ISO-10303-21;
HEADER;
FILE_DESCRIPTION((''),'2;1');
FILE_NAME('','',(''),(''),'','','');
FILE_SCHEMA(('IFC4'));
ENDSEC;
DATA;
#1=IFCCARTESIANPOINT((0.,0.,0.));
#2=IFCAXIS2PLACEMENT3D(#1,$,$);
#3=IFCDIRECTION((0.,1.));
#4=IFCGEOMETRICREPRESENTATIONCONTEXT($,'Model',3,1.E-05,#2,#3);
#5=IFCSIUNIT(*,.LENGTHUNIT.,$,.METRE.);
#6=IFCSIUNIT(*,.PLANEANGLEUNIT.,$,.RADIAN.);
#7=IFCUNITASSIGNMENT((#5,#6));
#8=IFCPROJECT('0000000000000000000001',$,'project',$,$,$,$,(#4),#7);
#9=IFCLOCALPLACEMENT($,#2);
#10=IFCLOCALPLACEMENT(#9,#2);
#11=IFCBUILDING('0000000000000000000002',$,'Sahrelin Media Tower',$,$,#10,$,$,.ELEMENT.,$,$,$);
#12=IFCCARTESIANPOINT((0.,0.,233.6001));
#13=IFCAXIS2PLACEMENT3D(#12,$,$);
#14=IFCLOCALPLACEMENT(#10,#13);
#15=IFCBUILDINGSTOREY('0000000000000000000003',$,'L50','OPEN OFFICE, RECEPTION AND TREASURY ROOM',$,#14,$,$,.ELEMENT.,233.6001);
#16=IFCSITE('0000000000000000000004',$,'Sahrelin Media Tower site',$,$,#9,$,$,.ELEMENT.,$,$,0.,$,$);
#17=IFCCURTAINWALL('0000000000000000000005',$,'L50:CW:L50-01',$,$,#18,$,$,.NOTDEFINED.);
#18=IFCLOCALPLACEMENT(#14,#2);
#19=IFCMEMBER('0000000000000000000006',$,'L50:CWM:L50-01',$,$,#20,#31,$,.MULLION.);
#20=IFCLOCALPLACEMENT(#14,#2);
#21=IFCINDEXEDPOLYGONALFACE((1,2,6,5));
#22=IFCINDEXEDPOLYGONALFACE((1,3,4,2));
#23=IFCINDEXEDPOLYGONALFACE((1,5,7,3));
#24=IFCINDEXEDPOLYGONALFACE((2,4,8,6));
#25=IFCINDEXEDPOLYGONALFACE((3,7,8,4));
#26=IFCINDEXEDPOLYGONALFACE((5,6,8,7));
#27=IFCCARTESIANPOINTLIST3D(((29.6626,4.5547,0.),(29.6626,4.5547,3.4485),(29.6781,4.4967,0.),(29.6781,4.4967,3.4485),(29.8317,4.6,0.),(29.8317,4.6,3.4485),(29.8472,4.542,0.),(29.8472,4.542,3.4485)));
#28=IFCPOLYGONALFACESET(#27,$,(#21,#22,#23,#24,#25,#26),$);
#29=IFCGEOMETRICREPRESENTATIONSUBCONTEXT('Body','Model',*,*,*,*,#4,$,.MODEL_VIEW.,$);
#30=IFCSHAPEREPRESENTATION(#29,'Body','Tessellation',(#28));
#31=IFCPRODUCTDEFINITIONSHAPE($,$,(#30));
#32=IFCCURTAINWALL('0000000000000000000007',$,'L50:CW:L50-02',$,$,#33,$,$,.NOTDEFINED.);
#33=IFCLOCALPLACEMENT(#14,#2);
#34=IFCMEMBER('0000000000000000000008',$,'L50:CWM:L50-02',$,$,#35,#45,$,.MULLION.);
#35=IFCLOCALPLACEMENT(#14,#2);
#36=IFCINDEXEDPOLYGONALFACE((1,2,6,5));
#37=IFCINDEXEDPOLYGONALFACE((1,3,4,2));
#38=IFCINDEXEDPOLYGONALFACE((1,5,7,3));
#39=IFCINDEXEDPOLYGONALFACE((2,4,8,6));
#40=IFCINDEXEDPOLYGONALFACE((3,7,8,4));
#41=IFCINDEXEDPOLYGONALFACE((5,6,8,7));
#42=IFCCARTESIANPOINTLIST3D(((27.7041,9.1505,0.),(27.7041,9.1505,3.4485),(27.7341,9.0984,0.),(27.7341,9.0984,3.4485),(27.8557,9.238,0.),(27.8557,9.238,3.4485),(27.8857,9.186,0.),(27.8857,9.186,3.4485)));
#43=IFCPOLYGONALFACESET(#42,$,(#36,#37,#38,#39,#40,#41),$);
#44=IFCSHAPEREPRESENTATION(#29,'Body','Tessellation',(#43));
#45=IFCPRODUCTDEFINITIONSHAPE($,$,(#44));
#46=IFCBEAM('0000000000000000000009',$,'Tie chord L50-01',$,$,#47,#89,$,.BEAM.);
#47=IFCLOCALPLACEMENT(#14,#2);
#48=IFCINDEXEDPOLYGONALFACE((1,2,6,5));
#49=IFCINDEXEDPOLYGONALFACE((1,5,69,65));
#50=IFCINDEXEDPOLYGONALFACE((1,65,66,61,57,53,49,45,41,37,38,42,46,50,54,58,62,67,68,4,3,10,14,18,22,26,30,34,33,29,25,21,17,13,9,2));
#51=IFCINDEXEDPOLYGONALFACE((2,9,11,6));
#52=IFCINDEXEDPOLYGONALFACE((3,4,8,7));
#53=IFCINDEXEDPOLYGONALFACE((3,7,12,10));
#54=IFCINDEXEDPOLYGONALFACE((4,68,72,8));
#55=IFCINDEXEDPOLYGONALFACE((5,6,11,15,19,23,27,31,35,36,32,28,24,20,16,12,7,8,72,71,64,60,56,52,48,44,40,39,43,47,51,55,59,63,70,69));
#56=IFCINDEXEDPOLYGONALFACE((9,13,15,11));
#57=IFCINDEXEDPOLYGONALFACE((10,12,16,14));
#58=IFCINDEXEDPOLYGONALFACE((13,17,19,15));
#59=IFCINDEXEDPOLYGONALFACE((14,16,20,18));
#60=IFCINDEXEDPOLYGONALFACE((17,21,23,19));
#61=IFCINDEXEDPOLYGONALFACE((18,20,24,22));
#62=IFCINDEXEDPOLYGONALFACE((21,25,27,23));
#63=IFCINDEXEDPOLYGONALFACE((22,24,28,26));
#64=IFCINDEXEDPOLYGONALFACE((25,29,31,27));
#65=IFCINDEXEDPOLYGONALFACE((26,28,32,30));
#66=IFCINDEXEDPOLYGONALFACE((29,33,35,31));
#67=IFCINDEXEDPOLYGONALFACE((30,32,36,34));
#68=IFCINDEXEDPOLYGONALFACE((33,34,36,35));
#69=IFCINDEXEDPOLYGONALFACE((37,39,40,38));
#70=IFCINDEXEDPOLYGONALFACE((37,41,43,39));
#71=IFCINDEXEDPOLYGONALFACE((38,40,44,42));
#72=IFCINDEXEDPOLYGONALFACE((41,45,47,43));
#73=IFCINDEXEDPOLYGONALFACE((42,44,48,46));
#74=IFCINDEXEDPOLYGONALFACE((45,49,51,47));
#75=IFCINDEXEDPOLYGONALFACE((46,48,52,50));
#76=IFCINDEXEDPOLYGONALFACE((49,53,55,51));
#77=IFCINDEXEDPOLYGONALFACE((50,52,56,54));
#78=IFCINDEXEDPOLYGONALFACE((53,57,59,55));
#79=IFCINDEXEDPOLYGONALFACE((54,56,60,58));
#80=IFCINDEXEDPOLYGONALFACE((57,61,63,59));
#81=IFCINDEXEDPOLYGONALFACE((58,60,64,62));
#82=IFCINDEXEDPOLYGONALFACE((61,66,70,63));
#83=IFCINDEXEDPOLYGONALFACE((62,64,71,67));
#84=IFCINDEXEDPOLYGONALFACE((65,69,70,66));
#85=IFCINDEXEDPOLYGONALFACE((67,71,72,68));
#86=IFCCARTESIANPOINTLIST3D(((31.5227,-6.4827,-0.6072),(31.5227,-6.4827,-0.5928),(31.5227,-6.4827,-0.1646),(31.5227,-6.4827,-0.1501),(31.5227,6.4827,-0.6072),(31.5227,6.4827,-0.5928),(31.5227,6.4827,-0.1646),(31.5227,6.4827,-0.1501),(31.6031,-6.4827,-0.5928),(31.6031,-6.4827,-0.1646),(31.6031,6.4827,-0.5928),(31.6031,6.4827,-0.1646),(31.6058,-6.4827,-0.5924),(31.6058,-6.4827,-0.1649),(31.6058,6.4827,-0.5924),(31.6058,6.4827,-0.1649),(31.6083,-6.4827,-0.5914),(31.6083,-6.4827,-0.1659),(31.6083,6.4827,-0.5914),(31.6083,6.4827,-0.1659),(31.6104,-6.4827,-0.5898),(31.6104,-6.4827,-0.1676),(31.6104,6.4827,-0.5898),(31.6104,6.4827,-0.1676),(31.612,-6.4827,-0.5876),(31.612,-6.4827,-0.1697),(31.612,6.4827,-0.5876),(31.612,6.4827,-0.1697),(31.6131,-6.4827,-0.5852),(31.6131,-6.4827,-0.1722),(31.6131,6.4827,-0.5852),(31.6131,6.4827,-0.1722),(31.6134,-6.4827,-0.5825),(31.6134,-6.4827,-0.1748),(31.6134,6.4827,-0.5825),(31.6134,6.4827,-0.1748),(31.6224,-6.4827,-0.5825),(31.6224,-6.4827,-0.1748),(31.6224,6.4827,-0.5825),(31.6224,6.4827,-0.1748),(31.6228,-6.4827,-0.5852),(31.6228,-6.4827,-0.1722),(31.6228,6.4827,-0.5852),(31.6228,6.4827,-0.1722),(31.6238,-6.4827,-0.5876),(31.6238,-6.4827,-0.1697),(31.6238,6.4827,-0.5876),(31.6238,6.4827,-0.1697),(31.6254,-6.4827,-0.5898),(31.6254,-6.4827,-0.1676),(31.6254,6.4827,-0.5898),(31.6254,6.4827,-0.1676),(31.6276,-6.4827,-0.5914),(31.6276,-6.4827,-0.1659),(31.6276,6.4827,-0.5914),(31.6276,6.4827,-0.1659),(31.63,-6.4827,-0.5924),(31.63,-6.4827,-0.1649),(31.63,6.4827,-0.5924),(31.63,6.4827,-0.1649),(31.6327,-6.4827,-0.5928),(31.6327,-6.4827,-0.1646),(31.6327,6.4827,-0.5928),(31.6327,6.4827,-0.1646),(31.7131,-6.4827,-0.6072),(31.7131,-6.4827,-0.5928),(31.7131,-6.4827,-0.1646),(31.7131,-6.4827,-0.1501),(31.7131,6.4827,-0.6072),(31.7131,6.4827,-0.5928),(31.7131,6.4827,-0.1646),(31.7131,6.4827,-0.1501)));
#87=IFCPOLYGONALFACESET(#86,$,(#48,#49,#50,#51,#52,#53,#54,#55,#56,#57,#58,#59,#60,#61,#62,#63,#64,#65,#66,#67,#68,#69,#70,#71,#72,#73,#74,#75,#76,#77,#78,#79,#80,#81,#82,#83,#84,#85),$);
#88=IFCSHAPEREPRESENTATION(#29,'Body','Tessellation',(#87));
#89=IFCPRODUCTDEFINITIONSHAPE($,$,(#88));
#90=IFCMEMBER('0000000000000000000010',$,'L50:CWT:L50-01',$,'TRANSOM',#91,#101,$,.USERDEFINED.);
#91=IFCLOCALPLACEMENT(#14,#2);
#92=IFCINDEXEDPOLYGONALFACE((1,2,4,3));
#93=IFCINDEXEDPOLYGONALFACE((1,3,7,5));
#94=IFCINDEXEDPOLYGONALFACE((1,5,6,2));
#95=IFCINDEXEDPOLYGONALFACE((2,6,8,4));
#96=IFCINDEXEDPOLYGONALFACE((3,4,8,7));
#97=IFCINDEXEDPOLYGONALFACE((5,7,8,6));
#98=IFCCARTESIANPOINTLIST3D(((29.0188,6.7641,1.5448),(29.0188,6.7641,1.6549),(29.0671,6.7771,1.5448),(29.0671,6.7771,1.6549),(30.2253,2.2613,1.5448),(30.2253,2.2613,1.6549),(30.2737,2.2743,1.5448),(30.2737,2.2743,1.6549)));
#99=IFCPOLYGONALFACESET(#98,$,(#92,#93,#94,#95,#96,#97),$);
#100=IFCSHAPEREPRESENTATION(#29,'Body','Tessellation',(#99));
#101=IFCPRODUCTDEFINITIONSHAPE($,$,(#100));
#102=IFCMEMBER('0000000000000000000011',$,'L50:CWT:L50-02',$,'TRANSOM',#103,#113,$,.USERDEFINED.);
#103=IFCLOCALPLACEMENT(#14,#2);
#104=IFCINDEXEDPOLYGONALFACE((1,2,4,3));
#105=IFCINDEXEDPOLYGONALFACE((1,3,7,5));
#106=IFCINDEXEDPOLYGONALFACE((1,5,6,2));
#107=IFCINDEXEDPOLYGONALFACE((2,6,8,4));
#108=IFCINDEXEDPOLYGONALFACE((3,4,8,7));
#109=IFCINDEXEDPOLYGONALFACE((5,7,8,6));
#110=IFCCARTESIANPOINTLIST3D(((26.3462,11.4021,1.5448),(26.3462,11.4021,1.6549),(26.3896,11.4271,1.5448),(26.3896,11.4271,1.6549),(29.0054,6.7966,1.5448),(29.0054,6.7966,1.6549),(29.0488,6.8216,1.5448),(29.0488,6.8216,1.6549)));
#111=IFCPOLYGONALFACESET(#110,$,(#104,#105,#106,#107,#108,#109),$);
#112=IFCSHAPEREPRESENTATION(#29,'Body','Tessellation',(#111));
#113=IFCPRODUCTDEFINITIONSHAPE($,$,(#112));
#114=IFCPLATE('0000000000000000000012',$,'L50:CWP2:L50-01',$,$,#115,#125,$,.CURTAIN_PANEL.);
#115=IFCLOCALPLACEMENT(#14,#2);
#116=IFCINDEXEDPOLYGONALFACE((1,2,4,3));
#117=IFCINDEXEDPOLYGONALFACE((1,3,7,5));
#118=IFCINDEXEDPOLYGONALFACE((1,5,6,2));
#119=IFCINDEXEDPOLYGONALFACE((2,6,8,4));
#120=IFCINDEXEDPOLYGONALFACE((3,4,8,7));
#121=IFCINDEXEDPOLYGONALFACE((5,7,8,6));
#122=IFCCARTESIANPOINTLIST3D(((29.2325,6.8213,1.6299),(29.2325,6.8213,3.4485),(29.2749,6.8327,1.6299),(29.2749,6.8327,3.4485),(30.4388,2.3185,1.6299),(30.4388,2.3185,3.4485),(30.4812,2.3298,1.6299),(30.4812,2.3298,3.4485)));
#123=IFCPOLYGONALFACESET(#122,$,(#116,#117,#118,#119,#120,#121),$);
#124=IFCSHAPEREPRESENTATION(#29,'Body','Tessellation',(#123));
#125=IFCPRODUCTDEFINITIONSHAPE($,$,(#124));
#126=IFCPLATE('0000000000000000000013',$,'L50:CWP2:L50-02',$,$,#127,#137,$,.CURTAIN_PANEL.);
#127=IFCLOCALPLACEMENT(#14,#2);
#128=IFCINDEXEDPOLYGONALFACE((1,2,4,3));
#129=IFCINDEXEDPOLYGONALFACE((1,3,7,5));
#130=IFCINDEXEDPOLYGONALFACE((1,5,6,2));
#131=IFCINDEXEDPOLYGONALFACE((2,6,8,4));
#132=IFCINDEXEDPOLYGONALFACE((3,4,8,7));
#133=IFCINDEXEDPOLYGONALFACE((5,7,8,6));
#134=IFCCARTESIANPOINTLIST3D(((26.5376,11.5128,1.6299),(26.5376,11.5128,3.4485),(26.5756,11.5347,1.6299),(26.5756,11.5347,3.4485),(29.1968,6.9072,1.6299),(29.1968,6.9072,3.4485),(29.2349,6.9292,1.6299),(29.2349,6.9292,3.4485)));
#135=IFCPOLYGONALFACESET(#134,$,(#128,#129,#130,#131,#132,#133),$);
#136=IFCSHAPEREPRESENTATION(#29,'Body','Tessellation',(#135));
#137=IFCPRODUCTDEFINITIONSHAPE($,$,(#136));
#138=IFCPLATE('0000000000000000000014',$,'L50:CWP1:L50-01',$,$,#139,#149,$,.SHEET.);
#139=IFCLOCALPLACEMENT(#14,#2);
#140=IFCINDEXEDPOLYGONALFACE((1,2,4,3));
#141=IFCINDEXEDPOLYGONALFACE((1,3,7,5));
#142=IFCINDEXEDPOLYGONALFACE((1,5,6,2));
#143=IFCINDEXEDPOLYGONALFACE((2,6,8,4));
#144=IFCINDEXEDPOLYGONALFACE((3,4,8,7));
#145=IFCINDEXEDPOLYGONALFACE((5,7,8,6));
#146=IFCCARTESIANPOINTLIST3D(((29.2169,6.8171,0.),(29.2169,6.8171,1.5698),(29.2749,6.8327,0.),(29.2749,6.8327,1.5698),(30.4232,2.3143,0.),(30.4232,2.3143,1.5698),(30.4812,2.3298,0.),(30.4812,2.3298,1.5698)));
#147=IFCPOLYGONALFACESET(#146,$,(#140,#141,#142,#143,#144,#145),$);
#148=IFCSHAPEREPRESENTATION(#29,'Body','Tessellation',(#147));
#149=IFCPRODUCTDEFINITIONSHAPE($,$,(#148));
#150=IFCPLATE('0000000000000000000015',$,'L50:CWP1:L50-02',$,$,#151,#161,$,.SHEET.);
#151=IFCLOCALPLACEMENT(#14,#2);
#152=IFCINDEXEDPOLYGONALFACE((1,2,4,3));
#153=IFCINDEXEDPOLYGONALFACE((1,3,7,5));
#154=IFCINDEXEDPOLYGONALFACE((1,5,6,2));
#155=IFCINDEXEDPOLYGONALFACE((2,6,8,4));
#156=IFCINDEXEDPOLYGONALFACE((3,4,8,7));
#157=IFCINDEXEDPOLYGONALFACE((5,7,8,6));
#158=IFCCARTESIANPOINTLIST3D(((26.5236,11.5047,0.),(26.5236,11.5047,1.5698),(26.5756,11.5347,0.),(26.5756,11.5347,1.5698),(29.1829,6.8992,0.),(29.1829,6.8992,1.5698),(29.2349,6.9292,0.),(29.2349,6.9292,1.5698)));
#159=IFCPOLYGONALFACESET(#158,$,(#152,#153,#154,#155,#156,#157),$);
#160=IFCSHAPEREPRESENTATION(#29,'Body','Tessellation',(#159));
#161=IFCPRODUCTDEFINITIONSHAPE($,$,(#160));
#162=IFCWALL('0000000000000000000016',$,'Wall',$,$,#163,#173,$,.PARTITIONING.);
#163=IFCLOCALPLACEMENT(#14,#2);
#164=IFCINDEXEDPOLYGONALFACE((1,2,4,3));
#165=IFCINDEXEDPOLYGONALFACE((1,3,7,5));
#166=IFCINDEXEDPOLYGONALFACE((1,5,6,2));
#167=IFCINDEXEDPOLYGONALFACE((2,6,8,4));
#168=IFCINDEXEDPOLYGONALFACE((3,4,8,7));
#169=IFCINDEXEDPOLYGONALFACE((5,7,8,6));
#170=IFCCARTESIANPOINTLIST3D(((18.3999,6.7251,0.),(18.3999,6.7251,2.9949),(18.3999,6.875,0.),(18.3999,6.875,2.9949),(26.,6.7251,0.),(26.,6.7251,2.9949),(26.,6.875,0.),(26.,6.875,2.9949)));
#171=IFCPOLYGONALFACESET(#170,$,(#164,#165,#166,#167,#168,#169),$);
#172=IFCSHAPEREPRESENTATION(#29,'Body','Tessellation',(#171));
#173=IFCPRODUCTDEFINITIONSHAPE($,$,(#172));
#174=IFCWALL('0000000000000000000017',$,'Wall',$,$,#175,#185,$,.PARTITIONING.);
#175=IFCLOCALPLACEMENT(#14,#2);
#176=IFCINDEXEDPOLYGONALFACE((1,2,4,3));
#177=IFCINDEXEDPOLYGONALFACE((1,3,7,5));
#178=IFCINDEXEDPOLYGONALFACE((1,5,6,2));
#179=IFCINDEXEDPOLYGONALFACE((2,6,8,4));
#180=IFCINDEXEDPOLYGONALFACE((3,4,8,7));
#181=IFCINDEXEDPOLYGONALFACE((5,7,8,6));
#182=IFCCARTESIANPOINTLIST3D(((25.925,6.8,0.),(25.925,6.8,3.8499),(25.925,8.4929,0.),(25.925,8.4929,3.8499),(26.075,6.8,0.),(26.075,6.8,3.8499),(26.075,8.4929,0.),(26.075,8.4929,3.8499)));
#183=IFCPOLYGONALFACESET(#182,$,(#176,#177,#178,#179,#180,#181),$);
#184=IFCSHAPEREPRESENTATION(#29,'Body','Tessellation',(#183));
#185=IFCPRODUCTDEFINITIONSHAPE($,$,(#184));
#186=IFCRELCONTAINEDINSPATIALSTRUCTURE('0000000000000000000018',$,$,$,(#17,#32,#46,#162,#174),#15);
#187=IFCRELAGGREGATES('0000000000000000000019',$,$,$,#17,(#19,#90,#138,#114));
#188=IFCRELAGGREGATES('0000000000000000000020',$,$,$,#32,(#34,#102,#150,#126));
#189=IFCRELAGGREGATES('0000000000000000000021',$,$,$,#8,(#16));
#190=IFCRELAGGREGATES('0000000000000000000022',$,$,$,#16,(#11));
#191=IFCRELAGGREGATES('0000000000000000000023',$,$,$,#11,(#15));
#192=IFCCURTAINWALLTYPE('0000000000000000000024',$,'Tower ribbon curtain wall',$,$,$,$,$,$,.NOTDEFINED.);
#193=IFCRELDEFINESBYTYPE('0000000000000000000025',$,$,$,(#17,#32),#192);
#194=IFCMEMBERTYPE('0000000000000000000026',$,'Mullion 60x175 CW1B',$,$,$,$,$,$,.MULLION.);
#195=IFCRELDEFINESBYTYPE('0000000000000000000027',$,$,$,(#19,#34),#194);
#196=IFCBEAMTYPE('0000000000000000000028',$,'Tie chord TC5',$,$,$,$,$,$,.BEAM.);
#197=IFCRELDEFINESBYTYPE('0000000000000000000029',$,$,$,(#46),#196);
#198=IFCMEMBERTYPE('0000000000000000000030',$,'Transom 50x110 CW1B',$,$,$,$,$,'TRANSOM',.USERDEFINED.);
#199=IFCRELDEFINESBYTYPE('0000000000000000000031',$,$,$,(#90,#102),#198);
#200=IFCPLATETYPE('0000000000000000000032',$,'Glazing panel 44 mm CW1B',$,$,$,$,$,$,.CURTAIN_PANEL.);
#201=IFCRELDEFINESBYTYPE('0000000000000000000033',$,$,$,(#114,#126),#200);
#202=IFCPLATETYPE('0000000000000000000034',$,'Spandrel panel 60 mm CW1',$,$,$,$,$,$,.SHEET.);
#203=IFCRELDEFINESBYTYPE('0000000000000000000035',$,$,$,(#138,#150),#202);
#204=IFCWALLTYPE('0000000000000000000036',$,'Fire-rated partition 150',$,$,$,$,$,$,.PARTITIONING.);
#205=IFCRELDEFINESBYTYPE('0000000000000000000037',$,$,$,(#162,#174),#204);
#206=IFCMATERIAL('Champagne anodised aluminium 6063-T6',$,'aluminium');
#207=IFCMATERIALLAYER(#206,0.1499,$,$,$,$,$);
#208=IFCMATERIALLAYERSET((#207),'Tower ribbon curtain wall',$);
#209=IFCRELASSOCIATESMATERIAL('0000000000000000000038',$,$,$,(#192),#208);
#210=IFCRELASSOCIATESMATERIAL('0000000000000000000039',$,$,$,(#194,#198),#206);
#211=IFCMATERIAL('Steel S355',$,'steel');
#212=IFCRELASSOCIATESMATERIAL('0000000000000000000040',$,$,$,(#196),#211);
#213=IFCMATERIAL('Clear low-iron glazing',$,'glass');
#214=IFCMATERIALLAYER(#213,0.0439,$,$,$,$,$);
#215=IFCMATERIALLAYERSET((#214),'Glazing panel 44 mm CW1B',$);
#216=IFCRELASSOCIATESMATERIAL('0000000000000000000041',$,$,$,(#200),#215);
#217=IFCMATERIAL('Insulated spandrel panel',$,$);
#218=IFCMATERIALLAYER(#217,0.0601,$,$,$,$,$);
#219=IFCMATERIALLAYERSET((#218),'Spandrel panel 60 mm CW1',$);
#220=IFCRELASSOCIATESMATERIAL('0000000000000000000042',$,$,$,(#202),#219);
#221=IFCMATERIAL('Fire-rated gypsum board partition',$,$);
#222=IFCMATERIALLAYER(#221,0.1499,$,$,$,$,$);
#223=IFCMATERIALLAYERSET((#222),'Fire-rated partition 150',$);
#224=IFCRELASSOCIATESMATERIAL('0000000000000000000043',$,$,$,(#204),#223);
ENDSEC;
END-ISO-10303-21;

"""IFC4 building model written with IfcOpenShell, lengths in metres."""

from ifc_helpers import new_model, si_unit, direction, frame, frame_2d, origin, origin_2d, place, context, subcontext, project, spatial, polyline, rectangle, i_section, outline, extrude, material, layer, layer_set, material_profile, profile_set, type_object, element, aggregate, save


model = new_model("IFC4")

# Units and contexts
model_context = context("Model", 3, precision=1e-05, world=origin(), true_north=direction((0.0, 1.0)))
body_context = subcontext(model_context, "Body", "Model", "MODEL_VIEW")
ifc_project = project(units=[si_unit("LENGTHUNIT", "METRE"), si_unit("PLANEANGLEUNIT", "RADIAN")], contexts=[model_context])

# Site, building, storey
site_placement = place(None, origin())
site = spatial("IfcSite", under=ifc_project, at=site_placement, Name="Sahrelin Media Tower site", CompositionType="ELEMENT", RefElevation=0.0)
building_placement = place(site_placement, origin())
building = spatial("IfcBuilding", under=site, at=building_placement, Name="Sahrelin Media Tower", CompositionType="ELEMENT")
storey_placement = place(building_placement, frame((0.0, 0.0, 233.6001)))
storey = spatial("IfcBuildingStorey", under=building, at=storey_placement, Name="L50", Description="OPEN OFFICE, RECEPTION AND TREASURY ROOM", CompositionType="ELEMENT", Elevation=233.6001)

# Shared definitions
ifc_material_1 = material(Name="Steel S355", Category="steel")

# Curtain walls, members
ifc_material_2 = material(Name="Champagne anodised aluminium 6063-T6", Category="aluminium")
ifc_layer_1 = layer(ifc_material_2, 0.1499)
ifc_layer_set_1 = layer_set([ifc_layer_1], Name="Tower ribbon curtain wall")
curtain_wall_type = type_object("IfcCurtainWallType", Name="Tower ribbon curtain wall", PredefinedType="NOTDEFINED", material=ifc_layer_set_1)
ifc_material_profile_1 = material_profile(ifc_material_2, rectangle(XDim=0.0601, YDim=0.175, at=origin_2d()), Name="Mullion 60x175")
ifc_profile_set_1 = profile_set([ifc_material_profile_1], Name="Champagne anodised aluminium 6063-T6")
member_type_1 = type_object("IfcMemberType", Name="Mullion 60x175 CW1B", PredefinedType="MULLION", material=ifc_profile_set_1)
curtain_wall_1_placement = place(storey_placement, frame((29.8586, 4.5762, 0.0), z_axis=(0.0, 0.0, 1.0), x_axis=(1.0, 0.0, 0.0)))
curtain_wall_1 = element("IfcCurtainWall", 1, at=curtain_wall_1_placement, inside=storey, type_object=curtain_wall_type, Name="L50:CW:L50-01", PredefinedType="NOTDEFINED")
member_1_placement = place(storey_placement, frame((29.7549, 4.5483, 0.0), z_axis=(0.0, 0.0, 1.0), x_axis=(-0.258817, 0.965926, 0.0)))
member_1 = element("IfcMember", 2, at=member_1_placement, type_object=member_type_1, Name="L50:CWM:L50-01", PredefinedType="MULLION", context=body_context, shape_type="SweptSolid", body=[
    extrude(rectangle(XDim=0.0601, YDim=0.175, at=origin_2d()), origin(), (0.0, 0.0, 1.0), 3.4485),
])
curtain_wall_2_placement = place(storey_placement, frame((27.8879, 9.2217, 0.0), z_axis=(0.0, 0.0, 1.0), x_axis=(1.0, 0.0, 0.0)))
curtain_wall_2 = element("IfcCurtainWall", 3, at=curtain_wall_2_placement, inside=storey, type_object=curtain_wall_type, Name="L50:CW:L50-02", PredefinedType="NOTDEFINED")
member_2_placement = place(storey_placement, frame((27.7949, 9.1682, 0.0), z_axis=(0.0, 0.0, 1.0), x_axis=(-0.500002, 0.866025, 0.0)))
member_2 = element("IfcMember", 4, at=member_2_placement, type_object=member_type_1, Name="L50:CWM:L50-02", PredefinedType="MULLION", context=body_context, shape_type="SweptSolid", body=[
    extrude(rectangle(XDim=0.0601, YDim=0.175, at=origin_2d()), origin(), (0.0, 0.0, 1.0), 3.4485),
])

# Beam
ifc_material_profile_2 = material_profile(ifc_material_1, i_section(OverallWidth=0.1904, OverallDepth=0.457, WebThickness=0.009, FlangeThickness=0.0144, FilletRadius=0.0103, at=origin_2d()), Name="UB 457x191x74")
ifc_profile_set_2 = profile_set([ifc_material_profile_2], Name="Steel S355")
beam_type_1 = type_object("IfcBeamType", Name="Tie chord TC5", PredefinedType="BEAM", material=ifc_profile_set_2)
beam_1_placement = place(storey_placement, frame((31.6179, 6.4827, -0.3787), z_axis=(0.0, -1.0, 0.0), x_axis=(1.0, 0.0, 0.0)))
element("IfcBeam", 5, at=beam_1_placement, inside=storey, type_object=beam_type_1, Name="Tie chord L50-01", PredefinedType="BEAM", context=body_context, shape_type="SweptSolid", body=[
    extrude(i_section(OverallWidth=0.1904, OverallDepth=0.457, WebThickness=0.009, FlangeThickness=0.0144, FilletRadius=0.0103, at=origin_2d()), origin(), (0.0, 0.0, 1.0), 12.9653),
])

# Members
ifc_material_profile_3 = material_profile(ifc_material_2, rectangle(XDim=0.05, YDim=0.1101, at=origin_2d()), Name="Transom 50x110")
ifc_profile_set_3 = profile_set([ifc_material_profile_3], Name="Champagne anodised aluminium 6063-T6")
member_type_2 = type_object("IfcMemberType", Name="Transom 50x110 CW1B", ElementType="TRANSOM", PredefinedType="USERDEFINED", material=ifc_profile_set_3)
member_3_placement = place(storey_placement, frame((30.2495, 2.2678, 1.5999), z_axis=(-0.258829, 0.965923, 0.0), x_axis=(-0.965923, -0.258829, 0.0)))
member_3 = element("IfcMember", 6, at=member_3_placement, type_object=member_type_2, Name="L50:CWT:L50-01", ObjectType="TRANSOM", PredefinedType="USERDEFINED", context=body_context, shape_type="SweptSolid", body=[
    extrude(rectangle(XDim=0.05, YDim=0.1101, at=origin_2d()), origin(), (0.0, 0.0, 1.0), 4.6616),
])
member_4_placement = place(storey_placement, frame((29.0271, 6.8091, 1.5999), z_axis=(-0.50003, 0.866008, 0.0), x_axis=(-0.866008, -0.50003, 0.0)))
member_4 = element("IfcMember", 7, at=member_4_placement, type_object=member_type_2, Name="L50:CWT:L50-02", ObjectType="TRANSOM", PredefinedType="USERDEFINED", context=body_context, shape_type="SweptSolid", body=[
    extrude(rectangle(XDim=0.05, YDim=0.1101, at=origin_2d()), origin(), (0.0, 0.0, 1.0), 5.3181),
])

# Plates
ifc_material_3 = material(Name="Clear low-iron glazing", Category="glass")
ifc_layer_2 = layer(ifc_material_3, 0.0439)
ifc_layer_set_2 = layer_set([ifc_layer_2], Name="Glazing panel 44 mm CW1B")
plate_type_1 = type_object("IfcPlateType", Name="Glazing panel 44 mm CW1B", PredefinedType="CURTAIN_PANEL", material=ifc_layer_set_2)
plate_1_placement = place(storey_placement, frame((30.4812, 2.3298, 1.6299), z_axis=(0.96594, 0.258767, 0.0), x_axis=(-0.258767, 0.96594, 0.0)))
plate_1 = element("IfcPlate", 8, at=plate_1_placement, type_object=plate_type_1, Name="L50:CWP2:L50-01", PredefinedType="CURTAIN_PANEL", context=body_context, shape_type="SweptSolid", body=[
    extrude(outline(polyline([(0.0, 0.0), (4.6616, 0.0), (4.6616, 1.8186), (0.0, 1.8186), (0.0, 0.0)])), origin(), (0.0, 0.0, -1.0), 0.0439),
])
plate_2_placement = place(storey_placement, frame((29.2349, 6.9292, 1.6299), z_axis=(0.866008, 0.50003, 0.0), x_axis=(-0.50003, 0.866008, 0.0)))
plate_2 = element("IfcPlate", 9, at=plate_2_placement, type_object=plate_type_1, Name="L50:CWP2:L50-02", PredefinedType="CURTAIN_PANEL", context=body_context, shape_type="SweptSolid", body=[
    extrude(outline(polyline([(0.0, 0.0), (5.3181, 0.0), (5.3181, 1.8186), (0.0, 1.8186), (0.0, 0.0)])), origin(), (0.0, 0.0, -1.0), 0.0439),
])
ifc_material_4 = material(Name="Insulated spandrel panel")
ifc_layer_3 = layer(ifc_material_4, 0.0601)
ifc_layer_set_3 = layer_set([ifc_layer_3], Name="Spandrel panel 60 mm CW1")
plate_type_2 = type_object("IfcPlateType", Name="Spandrel panel 60 mm CW1", PredefinedType="SHEET", material=ifc_layer_set_3)
plate_3_placement = place(storey_placement, frame((30.4812, 2.3298, 0.0), z_axis=(0.96594, 0.258767, 0.0), x_axis=(-0.258767, 0.96594, 0.0)))
plate_3 = element("IfcPlate", 10, at=plate_3_placement, type_object=plate_type_2, Name="L50:CWP1:L50-01", PredefinedType="SHEET", context=body_context, shape_type="SweptSolid", body=[
    extrude(outline(polyline([(0.0, 0.0), (4.6616, 0.0), (4.6616, 1.5698), (0.0, 1.5698), (0.0, 0.0)])), origin(), (0.0, 0.0, -1.0), 0.0601),
])
aggregate(curtain_wall_1, [member_1, member_3, plate_3, plate_1])
plate_4_placement = place(storey_placement, frame((29.2349, 6.9292, 0.0), z_axis=(0.866008, 0.50003, 0.0), x_axis=(-0.50003, 0.866008, 0.0)))
plate_4 = element("IfcPlate", 11, at=plate_4_placement, type_object=plate_type_2, Name="L50:CWP1:L50-02", PredefinedType="SHEET", context=body_context, shape_type="SweptSolid", body=[
    extrude(outline(polyline([(0.0, 0.0), (5.3181, 0.0), (5.3181, 1.5698), (0.0, 1.5698), (0.0, 0.0)])), origin(), (0.0, 0.0, -1.0), 0.0601),
])
aggregate(curtain_wall_2, [member_2, member_4, plate_4, plate_2])

# Walls
ifc_material_5 = material(Name="Fire-rated gypsum board partition")
ifc_layer_4 = layer(ifc_material_5, 0.1499)
ifc_layer_set_4 = layer_set([ifc_layer_4], Name="Fire-rated partition 150")
wall_type_1 = type_object("IfcWallType", Name="Fire-rated partition 150", PredefinedType="PARTITIONING", material=ifc_layer_set_4)
wall_1_placement = place(storey_placement, frame((18.3999, 6.8, 0.0), z_axis=(0.0, 0.0, 1.0), x_axis=(1.0, 0.0, 0.0)))
element("IfcWall", 12, at=wall_1_placement, inside=storey, type_object=wall_type_1, Name="Wall", PredefinedType="PARTITIONING", context=body_context, shape_type="SweptSolid", body=[
    extrude(rectangle(XDim=7.6001, YDim=0.1499, at=frame_2d((3.8, 0.0))), origin(), (0.0, 0.0, 1.0), 2.9949),
])
wall_2_placement = place(storey_placement, frame((26.0, 6.8, 0.0), z_axis=(0.0, 0.0, 1.0), x_axis=(0.0, 1.0, 0.0)))
element("IfcWall", 13, at=wall_2_placement, inside=storey, type_object=wall_type_1, Name="Wall", PredefinedType="PARTITIONING", context=body_context, shape_type="SweptSolid", body=[
    extrude(rectangle(XDim=1.6929, YDim=0.1499, at=frame_2d((0.8464, 0.0))), origin(), (0.0, 0.0, 1.0), 3.8499),
])

save(model, "model.ifc")
